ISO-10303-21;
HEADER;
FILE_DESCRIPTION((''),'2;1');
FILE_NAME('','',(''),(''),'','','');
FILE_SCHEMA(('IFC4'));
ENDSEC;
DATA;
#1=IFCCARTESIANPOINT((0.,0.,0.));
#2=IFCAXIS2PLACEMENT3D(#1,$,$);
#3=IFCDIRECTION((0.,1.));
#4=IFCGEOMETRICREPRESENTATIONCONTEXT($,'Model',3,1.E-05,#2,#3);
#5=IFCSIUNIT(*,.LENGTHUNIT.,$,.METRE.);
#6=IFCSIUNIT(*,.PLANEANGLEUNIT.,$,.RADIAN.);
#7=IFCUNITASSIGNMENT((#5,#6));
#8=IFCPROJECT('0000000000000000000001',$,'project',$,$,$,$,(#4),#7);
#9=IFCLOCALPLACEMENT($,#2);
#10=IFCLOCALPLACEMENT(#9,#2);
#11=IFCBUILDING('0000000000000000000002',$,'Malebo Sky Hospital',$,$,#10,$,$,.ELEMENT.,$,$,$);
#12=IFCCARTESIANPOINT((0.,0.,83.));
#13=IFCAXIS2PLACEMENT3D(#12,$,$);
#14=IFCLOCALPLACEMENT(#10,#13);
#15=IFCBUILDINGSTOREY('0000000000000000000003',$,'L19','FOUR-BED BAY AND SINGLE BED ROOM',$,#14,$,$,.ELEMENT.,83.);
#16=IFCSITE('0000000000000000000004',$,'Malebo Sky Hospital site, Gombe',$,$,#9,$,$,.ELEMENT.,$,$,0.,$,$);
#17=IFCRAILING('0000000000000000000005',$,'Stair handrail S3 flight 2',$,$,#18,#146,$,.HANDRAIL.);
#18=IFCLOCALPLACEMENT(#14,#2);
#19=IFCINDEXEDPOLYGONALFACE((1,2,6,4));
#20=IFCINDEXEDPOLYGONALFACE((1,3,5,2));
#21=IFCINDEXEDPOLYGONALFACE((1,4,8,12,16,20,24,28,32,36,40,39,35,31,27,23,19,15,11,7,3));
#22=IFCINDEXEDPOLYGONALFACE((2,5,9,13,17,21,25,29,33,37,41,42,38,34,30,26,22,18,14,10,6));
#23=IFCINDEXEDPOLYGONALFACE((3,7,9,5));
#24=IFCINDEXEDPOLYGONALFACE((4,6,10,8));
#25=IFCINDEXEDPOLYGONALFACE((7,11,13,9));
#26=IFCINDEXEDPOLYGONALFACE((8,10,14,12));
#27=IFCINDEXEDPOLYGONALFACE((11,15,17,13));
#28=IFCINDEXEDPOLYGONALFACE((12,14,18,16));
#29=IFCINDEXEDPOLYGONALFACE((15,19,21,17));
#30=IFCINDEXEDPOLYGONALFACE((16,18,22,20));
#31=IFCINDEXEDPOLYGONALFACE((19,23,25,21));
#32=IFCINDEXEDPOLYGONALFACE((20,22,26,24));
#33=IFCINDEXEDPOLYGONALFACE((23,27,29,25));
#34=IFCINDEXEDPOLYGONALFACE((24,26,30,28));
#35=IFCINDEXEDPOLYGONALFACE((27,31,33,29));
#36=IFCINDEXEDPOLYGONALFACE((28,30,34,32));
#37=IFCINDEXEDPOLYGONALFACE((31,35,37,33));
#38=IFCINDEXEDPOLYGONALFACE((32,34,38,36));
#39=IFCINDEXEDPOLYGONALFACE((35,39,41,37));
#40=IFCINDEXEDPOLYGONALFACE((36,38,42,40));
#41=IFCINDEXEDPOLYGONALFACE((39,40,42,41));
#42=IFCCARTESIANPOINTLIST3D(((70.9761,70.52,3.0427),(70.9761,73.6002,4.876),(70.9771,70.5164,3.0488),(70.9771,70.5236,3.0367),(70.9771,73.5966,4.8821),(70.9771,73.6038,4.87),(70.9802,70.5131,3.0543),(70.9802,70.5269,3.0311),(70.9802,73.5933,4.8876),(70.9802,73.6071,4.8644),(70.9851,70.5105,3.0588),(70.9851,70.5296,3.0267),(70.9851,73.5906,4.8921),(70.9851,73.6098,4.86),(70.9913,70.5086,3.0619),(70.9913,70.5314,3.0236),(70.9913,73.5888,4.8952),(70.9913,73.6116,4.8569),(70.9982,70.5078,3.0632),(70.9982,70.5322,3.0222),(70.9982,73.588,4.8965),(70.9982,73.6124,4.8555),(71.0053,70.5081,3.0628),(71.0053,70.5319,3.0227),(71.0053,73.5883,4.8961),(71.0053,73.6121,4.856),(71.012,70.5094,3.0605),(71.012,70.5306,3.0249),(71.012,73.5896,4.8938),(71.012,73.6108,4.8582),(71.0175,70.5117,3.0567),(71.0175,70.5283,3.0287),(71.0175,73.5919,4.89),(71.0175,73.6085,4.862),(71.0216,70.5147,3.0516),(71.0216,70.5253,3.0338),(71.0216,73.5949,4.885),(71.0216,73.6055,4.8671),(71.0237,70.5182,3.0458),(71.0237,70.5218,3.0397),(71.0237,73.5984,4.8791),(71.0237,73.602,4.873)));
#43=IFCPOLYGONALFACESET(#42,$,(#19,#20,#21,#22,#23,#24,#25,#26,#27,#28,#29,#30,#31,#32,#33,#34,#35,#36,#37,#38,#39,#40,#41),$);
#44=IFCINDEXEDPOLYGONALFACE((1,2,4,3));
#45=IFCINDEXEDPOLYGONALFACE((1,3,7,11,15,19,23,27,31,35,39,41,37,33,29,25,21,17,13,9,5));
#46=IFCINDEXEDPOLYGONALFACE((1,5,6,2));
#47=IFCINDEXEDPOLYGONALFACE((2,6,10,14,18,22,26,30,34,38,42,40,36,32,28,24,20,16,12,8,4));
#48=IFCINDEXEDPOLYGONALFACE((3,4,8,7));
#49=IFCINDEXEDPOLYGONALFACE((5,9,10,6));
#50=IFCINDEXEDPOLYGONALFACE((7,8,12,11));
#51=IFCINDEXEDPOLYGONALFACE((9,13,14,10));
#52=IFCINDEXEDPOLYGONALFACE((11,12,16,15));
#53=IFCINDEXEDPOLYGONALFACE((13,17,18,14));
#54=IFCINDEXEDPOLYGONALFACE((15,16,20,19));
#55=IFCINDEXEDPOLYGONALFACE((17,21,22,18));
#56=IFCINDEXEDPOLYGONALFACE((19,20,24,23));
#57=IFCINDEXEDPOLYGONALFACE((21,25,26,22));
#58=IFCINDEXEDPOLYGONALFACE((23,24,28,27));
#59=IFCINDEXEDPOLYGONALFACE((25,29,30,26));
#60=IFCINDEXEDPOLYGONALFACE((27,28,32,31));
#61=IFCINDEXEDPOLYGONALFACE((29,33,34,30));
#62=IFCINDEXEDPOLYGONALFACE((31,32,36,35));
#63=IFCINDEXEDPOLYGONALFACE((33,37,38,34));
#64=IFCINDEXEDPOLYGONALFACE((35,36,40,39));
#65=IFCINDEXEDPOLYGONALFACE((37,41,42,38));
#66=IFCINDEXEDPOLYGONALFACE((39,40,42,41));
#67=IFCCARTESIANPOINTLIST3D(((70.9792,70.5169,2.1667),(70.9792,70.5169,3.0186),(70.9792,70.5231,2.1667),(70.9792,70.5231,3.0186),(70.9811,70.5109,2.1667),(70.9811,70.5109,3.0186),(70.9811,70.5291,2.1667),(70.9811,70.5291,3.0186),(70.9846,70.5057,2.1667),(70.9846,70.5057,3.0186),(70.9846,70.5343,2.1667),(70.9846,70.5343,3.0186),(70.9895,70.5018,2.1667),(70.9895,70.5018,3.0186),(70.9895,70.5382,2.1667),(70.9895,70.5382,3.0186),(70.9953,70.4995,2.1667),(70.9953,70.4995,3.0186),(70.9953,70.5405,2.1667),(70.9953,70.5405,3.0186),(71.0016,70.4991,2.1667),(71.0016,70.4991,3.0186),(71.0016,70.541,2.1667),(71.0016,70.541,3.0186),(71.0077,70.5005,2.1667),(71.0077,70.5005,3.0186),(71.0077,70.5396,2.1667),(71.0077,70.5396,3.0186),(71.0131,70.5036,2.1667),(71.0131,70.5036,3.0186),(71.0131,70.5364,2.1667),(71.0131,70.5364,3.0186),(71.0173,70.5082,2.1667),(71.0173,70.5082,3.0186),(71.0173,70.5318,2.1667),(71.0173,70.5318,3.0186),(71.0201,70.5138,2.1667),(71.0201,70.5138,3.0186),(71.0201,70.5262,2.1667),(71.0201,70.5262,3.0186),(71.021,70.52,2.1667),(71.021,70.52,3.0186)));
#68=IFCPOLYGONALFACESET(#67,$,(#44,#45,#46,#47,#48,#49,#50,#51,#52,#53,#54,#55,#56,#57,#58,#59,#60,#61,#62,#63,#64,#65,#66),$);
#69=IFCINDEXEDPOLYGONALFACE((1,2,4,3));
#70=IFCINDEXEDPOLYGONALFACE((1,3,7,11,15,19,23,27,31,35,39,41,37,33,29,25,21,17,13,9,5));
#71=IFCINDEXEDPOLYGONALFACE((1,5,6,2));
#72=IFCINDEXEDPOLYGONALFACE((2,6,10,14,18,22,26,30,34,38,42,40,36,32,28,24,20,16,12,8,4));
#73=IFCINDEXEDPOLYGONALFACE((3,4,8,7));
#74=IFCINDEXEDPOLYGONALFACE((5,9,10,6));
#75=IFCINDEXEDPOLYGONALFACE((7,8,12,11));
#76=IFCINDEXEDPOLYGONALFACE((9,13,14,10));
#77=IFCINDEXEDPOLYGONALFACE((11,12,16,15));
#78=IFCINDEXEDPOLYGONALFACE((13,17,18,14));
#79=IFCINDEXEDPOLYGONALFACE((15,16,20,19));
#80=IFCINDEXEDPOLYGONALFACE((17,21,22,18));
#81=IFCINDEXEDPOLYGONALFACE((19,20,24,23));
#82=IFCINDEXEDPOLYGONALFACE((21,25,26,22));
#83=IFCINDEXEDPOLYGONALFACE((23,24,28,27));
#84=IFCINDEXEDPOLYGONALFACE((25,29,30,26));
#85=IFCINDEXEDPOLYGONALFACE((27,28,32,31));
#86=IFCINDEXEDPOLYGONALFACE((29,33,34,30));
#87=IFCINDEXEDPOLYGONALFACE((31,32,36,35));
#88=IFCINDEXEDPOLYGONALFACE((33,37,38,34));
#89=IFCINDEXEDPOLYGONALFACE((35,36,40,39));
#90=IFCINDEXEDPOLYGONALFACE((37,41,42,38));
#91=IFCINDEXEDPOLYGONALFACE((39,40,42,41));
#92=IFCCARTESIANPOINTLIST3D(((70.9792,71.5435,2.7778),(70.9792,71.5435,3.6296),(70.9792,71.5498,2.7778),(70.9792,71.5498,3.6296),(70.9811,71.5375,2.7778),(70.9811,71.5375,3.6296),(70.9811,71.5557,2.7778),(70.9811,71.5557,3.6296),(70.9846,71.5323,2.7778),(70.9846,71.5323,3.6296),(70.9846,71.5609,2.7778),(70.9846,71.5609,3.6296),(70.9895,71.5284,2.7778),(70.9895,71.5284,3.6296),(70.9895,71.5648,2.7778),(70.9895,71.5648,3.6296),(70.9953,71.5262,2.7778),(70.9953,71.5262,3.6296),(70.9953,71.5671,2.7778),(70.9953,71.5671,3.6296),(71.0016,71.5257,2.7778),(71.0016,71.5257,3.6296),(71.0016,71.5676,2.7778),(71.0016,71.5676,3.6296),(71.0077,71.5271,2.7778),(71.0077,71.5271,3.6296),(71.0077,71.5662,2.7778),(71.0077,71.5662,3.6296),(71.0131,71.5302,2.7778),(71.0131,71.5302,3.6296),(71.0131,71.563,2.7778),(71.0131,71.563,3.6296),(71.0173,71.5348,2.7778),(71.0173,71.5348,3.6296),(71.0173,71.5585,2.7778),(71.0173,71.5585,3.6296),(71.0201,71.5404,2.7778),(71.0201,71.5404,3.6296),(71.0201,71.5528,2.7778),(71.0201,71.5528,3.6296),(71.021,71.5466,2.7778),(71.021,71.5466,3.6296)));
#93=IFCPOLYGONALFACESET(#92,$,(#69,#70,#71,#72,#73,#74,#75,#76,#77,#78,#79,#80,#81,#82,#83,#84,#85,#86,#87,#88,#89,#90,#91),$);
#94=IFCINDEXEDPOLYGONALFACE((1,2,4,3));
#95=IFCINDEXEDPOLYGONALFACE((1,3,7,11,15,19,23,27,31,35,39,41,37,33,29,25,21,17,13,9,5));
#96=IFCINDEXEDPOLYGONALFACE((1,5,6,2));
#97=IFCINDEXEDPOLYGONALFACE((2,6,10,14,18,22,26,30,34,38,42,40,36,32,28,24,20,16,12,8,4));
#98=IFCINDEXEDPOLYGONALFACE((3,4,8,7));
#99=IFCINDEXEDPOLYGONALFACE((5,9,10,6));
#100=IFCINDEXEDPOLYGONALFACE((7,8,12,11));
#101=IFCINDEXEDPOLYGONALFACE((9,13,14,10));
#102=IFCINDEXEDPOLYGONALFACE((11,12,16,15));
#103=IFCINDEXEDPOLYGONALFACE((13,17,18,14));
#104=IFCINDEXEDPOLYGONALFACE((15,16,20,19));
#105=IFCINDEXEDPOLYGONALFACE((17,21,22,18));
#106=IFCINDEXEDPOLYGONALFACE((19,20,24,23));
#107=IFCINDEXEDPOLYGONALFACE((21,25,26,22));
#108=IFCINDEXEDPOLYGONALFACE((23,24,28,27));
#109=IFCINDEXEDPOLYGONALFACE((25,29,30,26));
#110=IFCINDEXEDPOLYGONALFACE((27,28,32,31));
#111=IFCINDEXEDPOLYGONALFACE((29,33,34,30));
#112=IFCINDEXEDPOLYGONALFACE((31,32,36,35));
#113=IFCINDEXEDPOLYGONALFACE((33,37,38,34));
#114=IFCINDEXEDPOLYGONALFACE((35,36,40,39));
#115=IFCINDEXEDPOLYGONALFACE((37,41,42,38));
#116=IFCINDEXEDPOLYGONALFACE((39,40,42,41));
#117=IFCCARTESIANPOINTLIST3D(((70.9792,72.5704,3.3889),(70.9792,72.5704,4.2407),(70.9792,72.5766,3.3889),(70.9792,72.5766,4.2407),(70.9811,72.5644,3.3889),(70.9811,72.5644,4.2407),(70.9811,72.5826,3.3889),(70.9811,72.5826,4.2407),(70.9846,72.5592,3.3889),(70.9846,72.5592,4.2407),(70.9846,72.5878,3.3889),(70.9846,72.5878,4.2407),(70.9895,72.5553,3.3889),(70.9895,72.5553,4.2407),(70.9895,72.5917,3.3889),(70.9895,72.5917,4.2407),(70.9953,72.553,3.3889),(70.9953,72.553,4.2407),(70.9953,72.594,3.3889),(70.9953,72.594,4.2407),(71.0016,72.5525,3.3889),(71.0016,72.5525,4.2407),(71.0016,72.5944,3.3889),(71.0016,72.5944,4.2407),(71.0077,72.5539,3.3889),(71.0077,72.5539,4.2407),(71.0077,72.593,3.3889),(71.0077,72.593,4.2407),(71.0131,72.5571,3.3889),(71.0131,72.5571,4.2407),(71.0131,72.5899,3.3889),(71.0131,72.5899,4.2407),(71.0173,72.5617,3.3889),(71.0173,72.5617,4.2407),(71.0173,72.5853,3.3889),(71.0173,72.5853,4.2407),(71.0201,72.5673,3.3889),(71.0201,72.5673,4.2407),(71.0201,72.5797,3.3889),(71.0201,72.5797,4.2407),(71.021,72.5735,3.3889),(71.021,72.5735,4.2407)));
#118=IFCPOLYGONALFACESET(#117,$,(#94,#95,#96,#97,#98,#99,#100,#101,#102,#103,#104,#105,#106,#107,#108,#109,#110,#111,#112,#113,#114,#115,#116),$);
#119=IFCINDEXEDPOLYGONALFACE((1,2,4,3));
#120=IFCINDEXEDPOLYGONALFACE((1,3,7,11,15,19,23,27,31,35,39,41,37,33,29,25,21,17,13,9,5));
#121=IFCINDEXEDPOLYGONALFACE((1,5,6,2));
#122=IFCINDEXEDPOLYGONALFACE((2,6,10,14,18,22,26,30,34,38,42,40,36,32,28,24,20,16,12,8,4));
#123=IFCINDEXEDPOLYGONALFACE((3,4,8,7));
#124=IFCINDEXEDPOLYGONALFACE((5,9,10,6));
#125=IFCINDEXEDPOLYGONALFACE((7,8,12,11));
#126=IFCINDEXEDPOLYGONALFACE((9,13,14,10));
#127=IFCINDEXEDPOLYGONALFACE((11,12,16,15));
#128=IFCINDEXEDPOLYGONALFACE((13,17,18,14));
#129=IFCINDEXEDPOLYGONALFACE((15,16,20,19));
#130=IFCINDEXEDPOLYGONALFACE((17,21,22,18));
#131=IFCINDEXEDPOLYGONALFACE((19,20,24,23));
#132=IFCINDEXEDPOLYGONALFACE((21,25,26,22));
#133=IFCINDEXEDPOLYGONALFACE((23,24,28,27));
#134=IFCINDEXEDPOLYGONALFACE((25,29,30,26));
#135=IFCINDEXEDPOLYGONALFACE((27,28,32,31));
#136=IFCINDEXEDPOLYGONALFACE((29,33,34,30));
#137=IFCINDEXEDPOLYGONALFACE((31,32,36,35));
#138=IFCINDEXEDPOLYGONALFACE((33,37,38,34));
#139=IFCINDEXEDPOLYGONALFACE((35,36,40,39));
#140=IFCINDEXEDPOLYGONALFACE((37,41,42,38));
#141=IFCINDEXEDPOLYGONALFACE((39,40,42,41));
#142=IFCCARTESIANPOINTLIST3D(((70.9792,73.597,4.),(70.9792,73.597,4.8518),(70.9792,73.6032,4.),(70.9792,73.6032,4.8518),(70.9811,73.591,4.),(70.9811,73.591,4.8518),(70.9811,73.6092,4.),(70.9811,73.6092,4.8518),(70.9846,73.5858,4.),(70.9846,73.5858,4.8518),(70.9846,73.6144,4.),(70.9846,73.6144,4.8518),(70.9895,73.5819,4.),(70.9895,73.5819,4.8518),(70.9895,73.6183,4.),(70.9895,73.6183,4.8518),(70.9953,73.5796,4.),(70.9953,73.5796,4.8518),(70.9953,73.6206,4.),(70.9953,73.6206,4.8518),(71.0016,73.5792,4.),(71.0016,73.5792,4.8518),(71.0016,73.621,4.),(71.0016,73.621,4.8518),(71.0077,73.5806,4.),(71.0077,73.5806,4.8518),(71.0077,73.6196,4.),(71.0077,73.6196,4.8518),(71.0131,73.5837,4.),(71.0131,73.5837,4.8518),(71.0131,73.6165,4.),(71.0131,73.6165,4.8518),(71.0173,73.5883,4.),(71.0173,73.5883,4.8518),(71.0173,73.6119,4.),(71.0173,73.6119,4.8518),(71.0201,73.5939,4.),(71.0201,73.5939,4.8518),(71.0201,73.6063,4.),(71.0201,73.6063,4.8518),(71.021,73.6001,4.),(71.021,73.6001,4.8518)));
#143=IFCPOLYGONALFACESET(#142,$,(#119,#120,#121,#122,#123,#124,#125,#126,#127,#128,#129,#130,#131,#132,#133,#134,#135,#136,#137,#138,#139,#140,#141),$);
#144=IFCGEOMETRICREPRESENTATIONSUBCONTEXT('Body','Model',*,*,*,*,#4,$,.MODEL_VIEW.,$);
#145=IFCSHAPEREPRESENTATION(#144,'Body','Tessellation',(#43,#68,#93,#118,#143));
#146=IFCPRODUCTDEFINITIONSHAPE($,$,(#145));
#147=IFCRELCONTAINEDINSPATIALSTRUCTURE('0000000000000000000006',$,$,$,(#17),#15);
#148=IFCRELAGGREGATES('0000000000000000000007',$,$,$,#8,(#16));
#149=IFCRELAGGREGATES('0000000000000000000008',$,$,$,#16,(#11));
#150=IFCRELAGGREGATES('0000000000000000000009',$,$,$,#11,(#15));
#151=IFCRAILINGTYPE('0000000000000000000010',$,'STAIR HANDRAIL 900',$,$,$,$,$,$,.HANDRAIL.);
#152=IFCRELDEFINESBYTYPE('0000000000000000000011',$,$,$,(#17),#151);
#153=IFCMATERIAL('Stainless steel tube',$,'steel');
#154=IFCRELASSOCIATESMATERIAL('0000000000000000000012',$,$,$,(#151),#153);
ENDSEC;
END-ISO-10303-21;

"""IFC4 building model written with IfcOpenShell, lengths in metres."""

from ifc_helpers import new_model, si_unit, direction, frame, origin, origin_2d, place, context, subcontext, project, spatial, circle, extrude, material, type_object, element, save


model = new_model("IFC4")

# Units and contexts
model_context = context("Model", 3, precision=1e-05, world=origin(), true_north=direction((0.0, 1.0)))
body_context = subcontext(model_context, "Body", "Model", "MODEL_VIEW")
ifc_project = project(units=[si_unit("LENGTHUNIT", "METRE"), si_unit("PLANEANGLEUNIT", "RADIAN")], contexts=[model_context])

# Site, building, storey
site_placement = place(None, origin())
site = spatial("IfcSite", under=ifc_project, at=site_placement, Name="Malebo Sky Hospital site, Gombe", CompositionType="ELEMENT", RefElevation=0.0)
building_placement = place(site_placement, origin())
building = spatial("IfcBuilding", under=site, at=building_placement, Name="Malebo Sky Hospital", CompositionType="ELEMENT")
storey_placement = place(building_placement, frame((0.0, 0.0, 83.0)))
storey = spatial("IfcBuildingStorey", under=building, at=storey_placement, Name="L19", Description="FOUR-BED BAY AND SINGLE BED ROOM", CompositionType="ELEMENT", Elevation=83.0)

# Railing
ifc_material_1 = material(Name="Stainless steel tube", Category="steel")
railing_type = type_object("IfcRailingType", Name="STAIR HANDRAIL 900", PredefinedType="HANDRAIL", material=ifc_material_1)
railing_1_placement = place(storey_placement, frame((71.0, 70.52, 2.1667)))
element("IfcRailing", 1, at=railing_1_placement, inside=storey, type_object=railing_type, Name="Stair handrail S3 flight 2", PredefinedType="HANDRAIL", context=body_context, shape_type="SweptSolid", body=[
    extrude(circle(Radius=0.0239, at=origin_2d()), frame((0.0, 0.0, 0.876), z_axis=(0.0, 0.859309, 0.511458), x_axis=(-1.0, 0.0, 0.0)), (0.0, 0.0, 1.0), 3.5845),
    extrude(circle(Radius=0.021, at=origin_2d()), origin(), (0.0, 0.0, 1.0), 0.8518),
    extrude(circle(Radius=0.021, at=origin_2d()), frame((0.0, 1.0266, 0.6111)), (0.0, 0.0, 1.0), 0.8518),
    extrude(circle(Radius=0.021, at=origin_2d()), frame((0.0, 2.0535, 1.2222)), (0.0, 0.0, 1.0), 0.8518),
    extrude(circle(Radius=0.021, at=origin_2d()), frame((0.0, 3.0801, 1.8333)), (0.0, 0.0, 1.0), 0.8518),
])

save(model, "model.ifc")
